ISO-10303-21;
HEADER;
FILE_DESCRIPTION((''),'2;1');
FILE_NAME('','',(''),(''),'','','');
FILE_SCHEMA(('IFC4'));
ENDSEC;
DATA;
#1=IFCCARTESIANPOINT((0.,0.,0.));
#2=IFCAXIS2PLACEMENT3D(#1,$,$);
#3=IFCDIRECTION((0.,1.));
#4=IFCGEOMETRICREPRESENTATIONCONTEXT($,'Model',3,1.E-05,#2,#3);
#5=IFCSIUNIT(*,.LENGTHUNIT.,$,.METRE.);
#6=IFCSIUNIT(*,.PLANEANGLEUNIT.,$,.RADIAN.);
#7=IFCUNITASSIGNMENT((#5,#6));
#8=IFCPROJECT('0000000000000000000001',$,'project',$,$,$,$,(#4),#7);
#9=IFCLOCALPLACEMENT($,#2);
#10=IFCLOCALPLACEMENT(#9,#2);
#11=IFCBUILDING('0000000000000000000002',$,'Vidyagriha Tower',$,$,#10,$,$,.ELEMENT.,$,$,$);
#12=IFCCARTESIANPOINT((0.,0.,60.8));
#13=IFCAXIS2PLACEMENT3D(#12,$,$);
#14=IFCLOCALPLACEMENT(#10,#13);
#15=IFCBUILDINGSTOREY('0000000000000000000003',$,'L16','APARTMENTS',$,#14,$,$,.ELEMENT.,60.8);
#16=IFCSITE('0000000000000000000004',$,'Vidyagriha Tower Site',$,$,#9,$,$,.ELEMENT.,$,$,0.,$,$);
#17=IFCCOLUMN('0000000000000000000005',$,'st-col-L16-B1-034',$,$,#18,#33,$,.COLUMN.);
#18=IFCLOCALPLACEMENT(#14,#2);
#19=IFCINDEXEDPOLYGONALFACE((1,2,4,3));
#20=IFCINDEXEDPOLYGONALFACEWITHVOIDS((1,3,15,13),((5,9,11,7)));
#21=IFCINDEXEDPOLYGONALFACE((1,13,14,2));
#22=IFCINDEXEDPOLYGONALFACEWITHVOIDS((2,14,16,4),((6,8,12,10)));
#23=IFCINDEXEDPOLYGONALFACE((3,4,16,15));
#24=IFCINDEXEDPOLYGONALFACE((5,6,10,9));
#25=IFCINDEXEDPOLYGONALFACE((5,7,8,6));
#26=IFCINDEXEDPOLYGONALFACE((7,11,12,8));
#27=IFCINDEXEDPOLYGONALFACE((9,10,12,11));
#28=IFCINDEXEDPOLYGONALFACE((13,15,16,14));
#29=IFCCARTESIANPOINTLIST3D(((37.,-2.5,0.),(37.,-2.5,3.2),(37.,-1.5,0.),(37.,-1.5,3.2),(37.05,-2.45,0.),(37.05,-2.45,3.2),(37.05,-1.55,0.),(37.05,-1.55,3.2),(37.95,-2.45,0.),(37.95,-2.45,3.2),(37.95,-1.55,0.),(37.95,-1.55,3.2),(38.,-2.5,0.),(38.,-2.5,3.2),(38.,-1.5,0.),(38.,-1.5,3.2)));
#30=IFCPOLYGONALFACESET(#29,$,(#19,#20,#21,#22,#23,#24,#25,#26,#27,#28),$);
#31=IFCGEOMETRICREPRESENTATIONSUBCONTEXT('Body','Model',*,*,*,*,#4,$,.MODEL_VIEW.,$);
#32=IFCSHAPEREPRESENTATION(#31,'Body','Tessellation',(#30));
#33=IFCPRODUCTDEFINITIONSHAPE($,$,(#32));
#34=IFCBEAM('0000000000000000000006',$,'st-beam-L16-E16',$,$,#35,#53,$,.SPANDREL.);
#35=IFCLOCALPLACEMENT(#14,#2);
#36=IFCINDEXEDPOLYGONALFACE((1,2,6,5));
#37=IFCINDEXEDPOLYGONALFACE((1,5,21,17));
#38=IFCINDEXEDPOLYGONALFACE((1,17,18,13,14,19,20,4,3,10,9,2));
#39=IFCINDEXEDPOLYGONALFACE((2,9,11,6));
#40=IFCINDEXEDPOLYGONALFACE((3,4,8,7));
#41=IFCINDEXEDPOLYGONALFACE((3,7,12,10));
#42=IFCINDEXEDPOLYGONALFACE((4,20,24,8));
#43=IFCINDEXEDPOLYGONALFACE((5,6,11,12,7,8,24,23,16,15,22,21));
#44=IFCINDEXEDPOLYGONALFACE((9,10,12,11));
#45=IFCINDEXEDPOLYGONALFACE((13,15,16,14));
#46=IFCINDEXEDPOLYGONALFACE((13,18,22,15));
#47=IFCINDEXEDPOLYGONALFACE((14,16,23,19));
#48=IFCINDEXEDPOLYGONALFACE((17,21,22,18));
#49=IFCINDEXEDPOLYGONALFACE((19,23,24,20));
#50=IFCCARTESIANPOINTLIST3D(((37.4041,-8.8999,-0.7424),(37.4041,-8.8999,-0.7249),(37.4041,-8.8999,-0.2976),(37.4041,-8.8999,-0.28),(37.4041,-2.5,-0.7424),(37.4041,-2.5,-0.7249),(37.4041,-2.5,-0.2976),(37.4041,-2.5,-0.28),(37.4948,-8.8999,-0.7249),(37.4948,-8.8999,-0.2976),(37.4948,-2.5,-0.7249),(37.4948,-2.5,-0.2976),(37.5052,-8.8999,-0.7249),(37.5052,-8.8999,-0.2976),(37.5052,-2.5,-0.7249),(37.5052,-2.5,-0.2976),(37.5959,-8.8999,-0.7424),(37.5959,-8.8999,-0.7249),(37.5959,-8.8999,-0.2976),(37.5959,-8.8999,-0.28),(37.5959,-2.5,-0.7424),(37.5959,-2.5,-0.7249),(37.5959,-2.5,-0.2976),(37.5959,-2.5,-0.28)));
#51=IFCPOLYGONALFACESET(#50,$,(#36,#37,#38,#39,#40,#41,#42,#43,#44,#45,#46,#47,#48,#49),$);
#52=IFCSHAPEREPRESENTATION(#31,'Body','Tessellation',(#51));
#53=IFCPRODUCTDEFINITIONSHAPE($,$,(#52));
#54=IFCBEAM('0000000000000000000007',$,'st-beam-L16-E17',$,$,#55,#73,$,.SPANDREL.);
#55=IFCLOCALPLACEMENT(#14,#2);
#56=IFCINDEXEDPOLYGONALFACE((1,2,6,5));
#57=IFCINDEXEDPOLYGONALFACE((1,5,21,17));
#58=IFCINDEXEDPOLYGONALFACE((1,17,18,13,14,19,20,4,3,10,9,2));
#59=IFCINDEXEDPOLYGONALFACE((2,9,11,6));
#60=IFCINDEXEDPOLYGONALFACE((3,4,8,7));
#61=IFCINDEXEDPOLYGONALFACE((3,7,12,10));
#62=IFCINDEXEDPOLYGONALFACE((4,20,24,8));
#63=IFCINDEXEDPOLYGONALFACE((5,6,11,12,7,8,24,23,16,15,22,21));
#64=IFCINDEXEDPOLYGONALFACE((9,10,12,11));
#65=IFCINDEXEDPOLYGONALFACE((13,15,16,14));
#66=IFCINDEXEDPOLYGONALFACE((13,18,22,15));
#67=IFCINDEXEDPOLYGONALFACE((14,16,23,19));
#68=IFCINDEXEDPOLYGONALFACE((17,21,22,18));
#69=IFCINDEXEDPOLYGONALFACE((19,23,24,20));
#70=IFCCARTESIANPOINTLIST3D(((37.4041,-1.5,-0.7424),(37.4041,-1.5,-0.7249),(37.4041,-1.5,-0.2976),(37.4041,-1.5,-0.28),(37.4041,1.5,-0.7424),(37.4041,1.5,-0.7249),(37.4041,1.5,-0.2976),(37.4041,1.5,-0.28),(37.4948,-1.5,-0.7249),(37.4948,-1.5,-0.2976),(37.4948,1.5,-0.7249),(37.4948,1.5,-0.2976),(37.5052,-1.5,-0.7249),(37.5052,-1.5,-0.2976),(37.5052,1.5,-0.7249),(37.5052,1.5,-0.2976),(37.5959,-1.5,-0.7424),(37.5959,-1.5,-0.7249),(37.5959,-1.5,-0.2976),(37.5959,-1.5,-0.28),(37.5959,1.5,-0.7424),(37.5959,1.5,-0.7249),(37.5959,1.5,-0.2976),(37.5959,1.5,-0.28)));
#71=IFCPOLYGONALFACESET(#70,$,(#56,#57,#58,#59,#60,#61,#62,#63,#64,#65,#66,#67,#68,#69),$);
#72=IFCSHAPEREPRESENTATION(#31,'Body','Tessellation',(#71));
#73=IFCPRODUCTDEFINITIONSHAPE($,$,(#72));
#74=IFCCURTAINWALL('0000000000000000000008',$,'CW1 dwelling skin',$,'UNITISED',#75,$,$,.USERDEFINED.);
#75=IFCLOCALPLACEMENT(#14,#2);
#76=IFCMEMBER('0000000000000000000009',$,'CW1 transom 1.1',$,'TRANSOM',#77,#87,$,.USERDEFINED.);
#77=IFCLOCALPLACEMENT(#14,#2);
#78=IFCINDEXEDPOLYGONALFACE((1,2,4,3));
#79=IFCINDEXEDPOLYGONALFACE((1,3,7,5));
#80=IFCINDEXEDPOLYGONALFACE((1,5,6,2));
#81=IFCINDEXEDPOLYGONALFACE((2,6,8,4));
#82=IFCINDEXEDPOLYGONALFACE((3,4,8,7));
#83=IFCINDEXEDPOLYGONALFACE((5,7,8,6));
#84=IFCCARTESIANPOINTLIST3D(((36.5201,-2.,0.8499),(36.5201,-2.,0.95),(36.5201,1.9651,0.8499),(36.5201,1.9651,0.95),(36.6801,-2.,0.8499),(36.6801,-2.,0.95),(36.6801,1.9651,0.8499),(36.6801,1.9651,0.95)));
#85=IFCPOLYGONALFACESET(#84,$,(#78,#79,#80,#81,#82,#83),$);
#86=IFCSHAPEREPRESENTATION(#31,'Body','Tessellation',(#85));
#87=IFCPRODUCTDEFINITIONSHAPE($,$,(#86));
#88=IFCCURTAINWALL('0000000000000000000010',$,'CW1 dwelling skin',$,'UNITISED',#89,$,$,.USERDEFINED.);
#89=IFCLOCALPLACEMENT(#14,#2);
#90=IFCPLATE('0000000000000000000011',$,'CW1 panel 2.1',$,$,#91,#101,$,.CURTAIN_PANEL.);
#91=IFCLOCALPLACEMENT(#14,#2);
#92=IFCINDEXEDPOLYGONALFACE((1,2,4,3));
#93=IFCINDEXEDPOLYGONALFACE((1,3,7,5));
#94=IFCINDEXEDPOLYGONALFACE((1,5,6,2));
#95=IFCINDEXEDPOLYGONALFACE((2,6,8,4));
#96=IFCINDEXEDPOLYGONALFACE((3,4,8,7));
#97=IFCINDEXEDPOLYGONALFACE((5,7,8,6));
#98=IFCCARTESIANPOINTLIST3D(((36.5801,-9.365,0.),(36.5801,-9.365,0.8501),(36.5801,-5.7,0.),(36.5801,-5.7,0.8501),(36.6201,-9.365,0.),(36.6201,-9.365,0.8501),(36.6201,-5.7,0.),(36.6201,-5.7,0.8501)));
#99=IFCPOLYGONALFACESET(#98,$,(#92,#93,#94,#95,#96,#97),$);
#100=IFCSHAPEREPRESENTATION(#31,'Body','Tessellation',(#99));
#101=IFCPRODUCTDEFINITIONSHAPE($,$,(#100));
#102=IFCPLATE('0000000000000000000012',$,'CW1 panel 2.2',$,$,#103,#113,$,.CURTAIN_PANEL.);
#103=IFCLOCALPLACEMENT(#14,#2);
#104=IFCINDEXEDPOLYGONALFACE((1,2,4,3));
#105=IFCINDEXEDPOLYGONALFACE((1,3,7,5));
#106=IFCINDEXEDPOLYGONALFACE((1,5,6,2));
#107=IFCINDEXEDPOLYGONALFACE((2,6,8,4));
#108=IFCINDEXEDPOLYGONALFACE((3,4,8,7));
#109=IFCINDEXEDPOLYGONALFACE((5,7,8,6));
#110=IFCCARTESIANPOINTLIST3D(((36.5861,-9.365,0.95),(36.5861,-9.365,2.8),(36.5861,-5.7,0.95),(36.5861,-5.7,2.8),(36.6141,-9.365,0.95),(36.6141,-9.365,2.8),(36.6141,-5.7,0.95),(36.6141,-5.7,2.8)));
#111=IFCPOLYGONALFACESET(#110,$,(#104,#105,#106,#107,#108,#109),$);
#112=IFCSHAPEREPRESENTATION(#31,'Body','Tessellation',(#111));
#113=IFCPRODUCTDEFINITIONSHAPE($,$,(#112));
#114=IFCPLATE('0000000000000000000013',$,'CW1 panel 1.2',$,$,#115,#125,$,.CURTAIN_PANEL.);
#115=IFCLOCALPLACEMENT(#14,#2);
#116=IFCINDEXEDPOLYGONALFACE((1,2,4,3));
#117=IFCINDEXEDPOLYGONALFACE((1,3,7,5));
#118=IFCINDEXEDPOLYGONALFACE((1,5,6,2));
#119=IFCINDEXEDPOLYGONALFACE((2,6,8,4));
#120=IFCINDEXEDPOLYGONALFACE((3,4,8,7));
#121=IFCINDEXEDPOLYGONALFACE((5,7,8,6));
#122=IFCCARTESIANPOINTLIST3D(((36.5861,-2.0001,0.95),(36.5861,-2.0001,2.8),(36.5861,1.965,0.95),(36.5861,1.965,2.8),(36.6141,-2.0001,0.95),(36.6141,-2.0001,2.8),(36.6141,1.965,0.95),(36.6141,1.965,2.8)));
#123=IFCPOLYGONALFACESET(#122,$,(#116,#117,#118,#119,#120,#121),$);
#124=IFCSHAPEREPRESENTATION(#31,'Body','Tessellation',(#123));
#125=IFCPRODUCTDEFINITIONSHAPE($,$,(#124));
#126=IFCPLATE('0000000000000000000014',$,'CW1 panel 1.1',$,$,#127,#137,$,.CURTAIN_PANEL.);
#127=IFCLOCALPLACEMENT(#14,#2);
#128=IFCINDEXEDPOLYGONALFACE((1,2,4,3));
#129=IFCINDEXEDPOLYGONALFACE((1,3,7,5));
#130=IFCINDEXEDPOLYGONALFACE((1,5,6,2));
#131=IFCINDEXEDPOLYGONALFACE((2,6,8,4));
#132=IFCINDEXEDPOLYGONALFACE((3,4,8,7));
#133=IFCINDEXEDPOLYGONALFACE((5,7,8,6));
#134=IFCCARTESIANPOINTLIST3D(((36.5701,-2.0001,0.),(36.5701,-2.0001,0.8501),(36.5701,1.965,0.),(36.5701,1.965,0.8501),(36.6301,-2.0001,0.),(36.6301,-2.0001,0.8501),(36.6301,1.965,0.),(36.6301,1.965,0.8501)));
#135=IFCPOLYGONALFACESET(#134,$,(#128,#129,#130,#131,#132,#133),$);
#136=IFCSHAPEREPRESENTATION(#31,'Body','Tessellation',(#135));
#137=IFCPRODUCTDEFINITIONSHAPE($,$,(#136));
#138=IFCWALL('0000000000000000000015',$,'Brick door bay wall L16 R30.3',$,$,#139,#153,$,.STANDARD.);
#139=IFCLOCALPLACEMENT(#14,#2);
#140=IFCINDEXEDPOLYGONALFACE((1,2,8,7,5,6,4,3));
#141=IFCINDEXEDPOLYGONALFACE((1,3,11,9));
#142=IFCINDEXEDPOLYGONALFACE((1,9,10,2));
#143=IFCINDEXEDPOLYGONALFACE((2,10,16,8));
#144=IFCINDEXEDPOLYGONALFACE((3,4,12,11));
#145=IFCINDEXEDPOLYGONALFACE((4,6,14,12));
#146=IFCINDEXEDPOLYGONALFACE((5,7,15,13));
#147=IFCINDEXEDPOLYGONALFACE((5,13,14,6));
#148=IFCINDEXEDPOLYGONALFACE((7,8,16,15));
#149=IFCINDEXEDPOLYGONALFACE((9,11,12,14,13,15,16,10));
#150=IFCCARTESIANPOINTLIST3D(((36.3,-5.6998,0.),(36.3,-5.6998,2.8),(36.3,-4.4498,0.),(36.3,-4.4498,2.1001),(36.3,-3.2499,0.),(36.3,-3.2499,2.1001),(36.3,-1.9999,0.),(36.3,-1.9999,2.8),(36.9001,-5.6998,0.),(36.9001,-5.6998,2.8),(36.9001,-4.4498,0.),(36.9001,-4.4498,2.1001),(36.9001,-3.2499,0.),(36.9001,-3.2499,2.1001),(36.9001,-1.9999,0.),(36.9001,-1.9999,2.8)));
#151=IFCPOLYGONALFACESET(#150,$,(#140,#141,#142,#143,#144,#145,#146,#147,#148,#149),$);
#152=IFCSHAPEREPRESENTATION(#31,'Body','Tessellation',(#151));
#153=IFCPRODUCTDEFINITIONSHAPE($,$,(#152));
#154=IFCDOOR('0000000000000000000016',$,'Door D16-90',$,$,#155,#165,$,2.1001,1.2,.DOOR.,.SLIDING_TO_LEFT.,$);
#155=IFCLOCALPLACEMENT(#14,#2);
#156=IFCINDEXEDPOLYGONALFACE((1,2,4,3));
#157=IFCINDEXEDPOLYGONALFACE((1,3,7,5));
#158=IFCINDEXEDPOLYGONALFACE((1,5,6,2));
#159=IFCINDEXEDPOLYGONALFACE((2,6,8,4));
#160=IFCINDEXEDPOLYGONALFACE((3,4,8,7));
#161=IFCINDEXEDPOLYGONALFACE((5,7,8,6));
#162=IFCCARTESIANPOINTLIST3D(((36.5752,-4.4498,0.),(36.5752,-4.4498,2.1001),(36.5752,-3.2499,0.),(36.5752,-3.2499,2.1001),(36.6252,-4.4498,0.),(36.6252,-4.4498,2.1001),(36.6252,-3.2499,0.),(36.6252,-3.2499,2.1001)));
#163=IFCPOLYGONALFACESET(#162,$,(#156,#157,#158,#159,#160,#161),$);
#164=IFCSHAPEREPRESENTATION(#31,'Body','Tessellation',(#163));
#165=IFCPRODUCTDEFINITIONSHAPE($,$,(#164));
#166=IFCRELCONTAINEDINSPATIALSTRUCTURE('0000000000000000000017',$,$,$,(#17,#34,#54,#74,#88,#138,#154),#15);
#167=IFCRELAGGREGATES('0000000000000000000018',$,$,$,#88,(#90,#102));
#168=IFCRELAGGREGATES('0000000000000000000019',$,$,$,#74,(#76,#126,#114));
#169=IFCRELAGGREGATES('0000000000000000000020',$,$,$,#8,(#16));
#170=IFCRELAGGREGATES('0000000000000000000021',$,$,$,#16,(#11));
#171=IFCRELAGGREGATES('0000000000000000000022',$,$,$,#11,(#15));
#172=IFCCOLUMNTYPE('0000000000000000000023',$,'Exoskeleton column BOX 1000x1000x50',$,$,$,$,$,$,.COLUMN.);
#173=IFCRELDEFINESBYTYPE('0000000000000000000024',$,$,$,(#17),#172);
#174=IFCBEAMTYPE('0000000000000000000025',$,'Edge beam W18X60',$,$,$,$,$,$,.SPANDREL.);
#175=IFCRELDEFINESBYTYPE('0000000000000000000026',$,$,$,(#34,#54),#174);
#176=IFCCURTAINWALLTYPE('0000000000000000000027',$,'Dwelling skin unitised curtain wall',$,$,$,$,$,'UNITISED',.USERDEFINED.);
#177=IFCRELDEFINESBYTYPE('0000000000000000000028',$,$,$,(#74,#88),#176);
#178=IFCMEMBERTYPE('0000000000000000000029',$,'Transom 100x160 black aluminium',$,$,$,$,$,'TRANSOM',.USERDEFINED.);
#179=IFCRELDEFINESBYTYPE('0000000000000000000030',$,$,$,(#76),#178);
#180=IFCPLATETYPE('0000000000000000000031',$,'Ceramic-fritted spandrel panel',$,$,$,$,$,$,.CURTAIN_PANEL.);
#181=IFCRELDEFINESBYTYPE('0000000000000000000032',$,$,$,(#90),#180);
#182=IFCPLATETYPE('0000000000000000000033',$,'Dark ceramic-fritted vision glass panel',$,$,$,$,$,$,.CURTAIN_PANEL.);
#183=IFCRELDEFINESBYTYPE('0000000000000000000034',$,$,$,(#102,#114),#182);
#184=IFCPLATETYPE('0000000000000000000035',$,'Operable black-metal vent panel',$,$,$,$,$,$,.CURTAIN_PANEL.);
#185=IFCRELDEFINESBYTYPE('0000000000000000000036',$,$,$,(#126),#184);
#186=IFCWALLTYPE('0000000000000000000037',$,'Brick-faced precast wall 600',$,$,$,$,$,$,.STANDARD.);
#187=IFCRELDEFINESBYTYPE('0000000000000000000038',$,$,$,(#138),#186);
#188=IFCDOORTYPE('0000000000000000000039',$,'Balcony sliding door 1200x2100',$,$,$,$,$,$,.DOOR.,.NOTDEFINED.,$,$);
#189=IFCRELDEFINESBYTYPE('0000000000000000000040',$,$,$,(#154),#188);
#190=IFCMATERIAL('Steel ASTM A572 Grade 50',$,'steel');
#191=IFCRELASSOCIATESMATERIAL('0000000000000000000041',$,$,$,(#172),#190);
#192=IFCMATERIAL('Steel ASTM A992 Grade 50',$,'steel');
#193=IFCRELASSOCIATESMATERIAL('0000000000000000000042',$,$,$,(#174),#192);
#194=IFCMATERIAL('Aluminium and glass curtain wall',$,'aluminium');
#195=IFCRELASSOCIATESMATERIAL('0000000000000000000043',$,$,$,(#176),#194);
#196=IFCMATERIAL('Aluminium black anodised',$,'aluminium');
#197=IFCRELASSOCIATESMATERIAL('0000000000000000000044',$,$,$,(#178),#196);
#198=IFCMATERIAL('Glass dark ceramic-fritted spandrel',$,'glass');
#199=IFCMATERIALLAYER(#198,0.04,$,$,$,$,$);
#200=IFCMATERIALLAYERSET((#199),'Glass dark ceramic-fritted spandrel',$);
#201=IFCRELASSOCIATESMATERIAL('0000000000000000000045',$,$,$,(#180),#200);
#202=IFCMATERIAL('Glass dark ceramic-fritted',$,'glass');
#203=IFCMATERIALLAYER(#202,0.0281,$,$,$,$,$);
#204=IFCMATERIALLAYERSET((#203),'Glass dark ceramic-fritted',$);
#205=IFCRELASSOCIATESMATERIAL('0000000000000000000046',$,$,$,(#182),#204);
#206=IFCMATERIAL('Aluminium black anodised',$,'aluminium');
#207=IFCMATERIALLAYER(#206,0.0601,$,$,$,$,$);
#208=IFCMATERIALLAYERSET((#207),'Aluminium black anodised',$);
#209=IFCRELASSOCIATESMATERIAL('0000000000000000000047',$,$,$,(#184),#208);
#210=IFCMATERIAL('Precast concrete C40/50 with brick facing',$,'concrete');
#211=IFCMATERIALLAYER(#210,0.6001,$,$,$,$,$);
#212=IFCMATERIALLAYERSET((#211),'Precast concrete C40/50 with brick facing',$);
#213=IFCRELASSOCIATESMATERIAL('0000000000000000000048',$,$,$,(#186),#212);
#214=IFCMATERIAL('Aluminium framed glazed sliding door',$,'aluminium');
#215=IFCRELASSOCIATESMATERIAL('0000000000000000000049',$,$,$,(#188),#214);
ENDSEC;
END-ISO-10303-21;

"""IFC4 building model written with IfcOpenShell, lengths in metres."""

from ifc_helpers import new_model, si_unit, direction, frame, frame_2d, origin, origin_2d, place, context, subcontext, project, spatial, rectangle, hollow_rectangle, i_section, extrude, material, layer, layer_set, material_profile, profile_set, type_object, element, fill, aggregate, save


model = new_model("IFC4")

# Units and contexts
model_context = context("Model", 3, precision=1e-05, world=origin(), true_north=direction((0.0, 1.0)))
body_context = subcontext(model_context, "Body", "Model", "MODEL_VIEW")
ifc_project = project(units=[si_unit("LENGTHUNIT", "METRE"), si_unit("PLANEANGLEUNIT", "RADIAN")], contexts=[model_context])

# Site, building, storey
site_placement = place(None, origin())
site = spatial("IfcSite", under=ifc_project, at=site_placement, Name="Vidyagriha Tower Site", CompositionType="ELEMENT", RefElevation=0.0)
building_placement = place(site_placement, origin())
building = spatial("IfcBuilding", under=site, at=building_placement, Name="Vidyagriha Tower", CompositionType="ELEMENT")
storey_placement = place(building_placement, frame((0.0, 0.0, 60.8)))
storey = spatial("IfcBuildingStorey", under=building, at=storey_placement, Name="L16", Description="APARTMENTS", CompositionType="ELEMENT", Elevation=60.8)

# Column
ifc_material_1 = material(Name="Steel ASTM A572 Grade 50", Category="steel")
ifc_material_profile_1 = material_profile(ifc_material_1, hollow_rectangle(XDim=1.0, YDim=1.0, WallThickness=0.05, at=origin_2d()), Name="BOX 1000x1000x50")
ifc_profile_set_1 = profile_set([ifc_material_profile_1], Name="Steel ASTM A572 Grade 50")
column_type = type_object("IfcColumnType", Name="Exoskeleton column BOX 1000x1000x50", PredefinedType="COLUMN", material=ifc_profile_set_1)
column_placement = place(storey_placement, frame((37.5, -2.0, 0.0)))
element("IfcColumn", 1, at=column_placement, inside=storey, type_object=column_type, Name="st-col-L16-B1-034", PredefinedType="COLUMN", context=body_context, shape_type="SweptSolid", body=[
    extrude(hollow_rectangle(XDim=1.0, YDim=1.0, WallThickness=0.05, at=origin_2d()), origin(), (0.0, 0.0, 1.0), 3.2),
])

# Beams
ifc_material_2 = material(Name="Steel ASTM A992 Grade 50", Category="steel")
ifc_material_profile_2 = material_profile(ifc_material_2, i_section(OverallWidth=0.1919, OverallDepth=0.4624, WebThickness=0.0105, FlangeThickness=0.0176, at=origin_2d()), Name="W18X60")
ifc_profile_set_2 = profile_set([ifc_material_profile_2], Name="Steel ASTM A992 Grade 50")
beam_type = type_object("IfcBeamType", Name="Edge beam W18X60", PredefinedType="SPANDREL", material=ifc_profile_set_2)
beam_1_placement = place(storey_placement, frame((37.5, -8.8999, -0.5112), z_axis=(0.0, 1.0, 0.0), x_axis=(-1.0, 0.0, 0.0)))
element("IfcBeam", 2, at=beam_1_placement, inside=storey, type_object=beam_type, Name="st-beam-L16-E16", PredefinedType="SPANDREL", context=body_context, shape_type="SweptSolid", body=[
    extrude(i_section(OverallWidth=0.1919, OverallDepth=0.4624, WebThickness=0.0105, FlangeThickness=0.0176, at=origin_2d()), origin(), (0.0, 0.0, 1.0), 6.3999),
])
beam_2_placement = place(storey_placement, frame((37.5, -1.5, -0.5112), z_axis=(0.0, 1.0, 0.0), x_axis=(-1.0, 0.0, 0.0)))
element("IfcBeam", 3, at=beam_2_placement, inside=storey, type_object=beam_type, Name="st-beam-L16-E17", PredefinedType="SPANDREL", context=body_context, shape_type="SweptSolid", body=[
    extrude(i_section(OverallWidth=0.1919, OverallDepth=0.4624, WebThickness=0.0105, FlangeThickness=0.0176, at=origin_2d()), origin(), (0.0, 0.0, 1.0), 3.0),
])

# Curtain wall, member
ifc_material_3 = material(Name="Aluminium and glass curtain wall", Category="aluminium")
curtain_wall_type = type_object("IfcCurtainWallType", Name="Dwelling skin unitised curtain wall", ElementType="UNITISED", PredefinedType="USERDEFINED", material=ifc_material_3)
curtain_wall_1_placement = place(storey_placement, origin())
curtain_wall_1 = element("IfcCurtainWall", 4, at=curtain_wall_1_placement, inside=storey, type_object=curtain_wall_type, Name="CW1 dwelling skin", ObjectType="UNITISED", PredefinedType="USERDEFINED")
ifc_material_4 = material(Name="Aluminium black anodised", Category="aluminium")
ifc_material_profile_3 = material_profile(ifc_material_4, rectangle(XDim=0.1599, YDim=0.1001, at=origin_2d()), Name="Transom 100x160 black aluminium")
ifc_profile_set_3 = profile_set([ifc_material_profile_3], Name="Aluminium black anodised")
member_type = type_object("IfcMemberType", Name="Transom 100x160 black aluminium", ElementType="TRANSOM", PredefinedType="USERDEFINED", material=ifc_profile_set_3)
member_placement = place(storey_placement, frame((36.6001, -2.0, 0.8999), z_axis=(0.0, 1.0, 0.0), x_axis=(-1.0, 0.0, 0.0)))
member = element("IfcMember", 5, at=member_placement, type_object=member_type, Name="CW1 transom 1.1", ObjectType="TRANSOM", PredefinedType="USERDEFINED", context=body_context, shape_type="SweptSolid", body=[
    extrude(rectangle(XDim=0.1599, YDim=0.1001, at=origin_2d()), origin(), (0.0, 0.0, 1.0), 3.9651),
])

# Curtain wall, plates
curtain_wall_2_placement = place(storey_placement, origin())
curtain_wall_2 = element("IfcCurtainWall", 6, at=curtain_wall_2_placement, inside=storey, type_object=curtain_wall_type, Name="CW1 dwelling skin", ObjectType="UNITISED", PredefinedType="USERDEFINED")
ifc_material_5 = material(Name="Glass dark ceramic-fritted spandrel", Category="glass")
ifc_layer_1 = layer(ifc_material_5, 0.04)
ifc_layer_set_1 = layer_set([ifc_layer_1], Name="Glass dark ceramic-fritted spandrel")
plate_type_1 = type_object("IfcPlateType", Name="Ceramic-fritted spandrel panel", PredefinedType="CURTAIN_PANEL", material=ifc_layer_set_1)
plate_1_placement = place(storey_placement, frame((36.6001, -7.5325, 0.0), z_axis=(0.0, 0.0, 1.0), x_axis=(0.0, 1.0, 0.0)))
plate_1 = element("IfcPlate", 7, at=plate_1_placement, type_object=plate_type_1, Name="CW1 panel 2.1", PredefinedType="CURTAIN_PANEL", context=body_context, shape_type="SweptSolid", body=[
    extrude(rectangle(XDim=3.665, YDim=0.04, at=origin_2d()), origin(), (0.0, 0.0, 1.0), 0.8501),
])
ifc_material_6 = material(Name="Glass dark ceramic-fritted", Category="glass")
ifc_layer_2 = layer(ifc_material_6, 0.0281)
ifc_layer_set_2 = layer_set([ifc_layer_2], Name="Glass dark ceramic-fritted")
plate_type_2 = type_object("IfcPlateType", Name="Dark ceramic-fritted vision glass panel", PredefinedType="CURTAIN_PANEL", material=ifc_layer_set_2)
plate_2_placement = place(storey_placement, frame((36.6001, -7.5325, 0.95), z_axis=(0.0, 0.0, 1.0), x_axis=(0.0, 1.0, 0.0)))
plate_2 = element("IfcPlate", 8, at=plate_2_placement, type_object=plate_type_2, Name="CW1 panel 2.2", PredefinedType="CURTAIN_PANEL", context=body_context, shape_type="SweptSolid", body=[
    extrude(rectangle(XDim=3.665, YDim=0.0281, at=origin_2d()), origin(), (0.0, 0.0, 1.0), 1.8501),
])
aggregate(curtain_wall_2, [plate_1, plate_2])

# Plates
plate_3_placement = place(storey_placement, frame((36.6001, -0.0176, 0.95), z_axis=(0.0, 0.0, 1.0), x_axis=(0.0, 1.0, 0.0)))
plate_3 = element("IfcPlate", 9, at=plate_3_placement, type_object=plate_type_2, Name="CW1 panel 1.2", PredefinedType="CURTAIN_PANEL", context=body_context, shape_type="SweptSolid", body=[
    extrude(rectangle(XDim=3.9651, YDim=0.0281, at=origin_2d()), origin(), (0.0, 0.0, 1.0), 1.8501),
])
ifc_material_7 = material(Name="Aluminium black anodised", Category="aluminium")
ifc_layer_3 = layer(ifc_material_7, 0.0601)
ifc_layer_set_3 = layer_set([ifc_layer_3], Name="Aluminium black anodised")
plate_type_3 = type_object("IfcPlateType", Name="Operable black-metal vent panel", PredefinedType="CURTAIN_PANEL", material=ifc_layer_set_3)
plate_4_placement = place(storey_placement, frame((36.6001, -0.0176, 0.0), z_axis=(0.0, 0.0, 1.0), x_axis=(0.0, 1.0, 0.0)))
plate_4 = element("IfcPlate", 10, at=plate_4_placement, type_object=plate_type_3, Name="CW1 panel 1.1", PredefinedType="CURTAIN_PANEL", context=body_context, shape_type="SweptSolid", body=[
    extrude(rectangle(XDim=3.9651, YDim=0.0601, at=origin_2d()), origin(), (0.0, 0.0, 1.0), 0.8501),
])
aggregate(curtain_wall_1, [member, plate_4, plate_3])

# Wall, opening, door
ifc_material_8 = material(Name="Precast concrete C40/50 with brick facing", Category="concrete")
ifc_layer_4 = layer(ifc_material_8, 0.6001)
ifc_layer_set_4 = layer_set([ifc_layer_4], Name="Precast concrete C40/50 with brick facing")
wall_type = type_object("IfcWallType", Name="Brick-faced precast wall 600", PredefinedType="STANDARD", material=ifc_layer_set_4)
wall_placement = place(storey_placement, frame((36.6001, -5.7, 0.0), z_axis=(0.0, 0.0, 1.0), x_axis=(0.0, 1.0, 0.0)))
wall = element("IfcWall", 11, at=wall_placement, inside=storey, type_object=wall_type, Name="Brick door bay wall L16 R30.3", PredefinedType="STANDARD", context=body_context, shape_type="SweptSolid", body=[
    extrude(rectangle(XDim=3.7, YDim=0.6001, at=frame_2d((1.8501, 0.0))), origin(), (0.0, 0.0, 1.0), 2.8),
])
opening_placement = place(wall_placement, frame((1.25, 0.0, 0.0)))
opening = element("IfcOpeningElement", 12, at=opening_placement, cuts=wall, PredefinedType="OPENING", context=body_context, shape_type="SweptSolid", body=[
    extrude(rectangle(XDim=1.2, YDim=2.1001, at=frame_2d((0.6001, 1.05))), frame((0.0, 0.3101, 0.0), z_axis=(0.0, -1.0, 0.0), x_axis=(1.0, 0.0, 0.0)), (0.0, 0.0, 1.0), 0.6201),
])
ifc_material_9 = material(Name="Aluminium framed glazed sliding door", Category="aluminium")
door_type = type_object("IfcDoorType", Name="Balcony sliding door 1200x2100", OperationType="NOTDEFINED", PredefinedType="DOOR", material=ifc_material_9)
door_placement = place(opening_placement, origin())
door = element("IfcDoor", 13, at=door_placement, inside=storey, type_object=door_type, Name="Door D16-90", OperationType="SLIDING_TO_LEFT", OverallHeight=2.1001, OverallWidth=1.2, PredefinedType="DOOR", context=body_context, shape_type="SweptSolid", body=[
    extrude(rectangle(XDim=1.2, YDim=2.1001, at=frame_2d((0.6001, 1.05))), frame((0.0, 0.0249, 0.0), z_axis=(0.0, -1.0, 0.0), x_axis=(1.0, 0.0, 0.0)), (0.0, 0.0, 1.0), 0.05),
])
fill(opening, door)

save(model, "model.ifc")
